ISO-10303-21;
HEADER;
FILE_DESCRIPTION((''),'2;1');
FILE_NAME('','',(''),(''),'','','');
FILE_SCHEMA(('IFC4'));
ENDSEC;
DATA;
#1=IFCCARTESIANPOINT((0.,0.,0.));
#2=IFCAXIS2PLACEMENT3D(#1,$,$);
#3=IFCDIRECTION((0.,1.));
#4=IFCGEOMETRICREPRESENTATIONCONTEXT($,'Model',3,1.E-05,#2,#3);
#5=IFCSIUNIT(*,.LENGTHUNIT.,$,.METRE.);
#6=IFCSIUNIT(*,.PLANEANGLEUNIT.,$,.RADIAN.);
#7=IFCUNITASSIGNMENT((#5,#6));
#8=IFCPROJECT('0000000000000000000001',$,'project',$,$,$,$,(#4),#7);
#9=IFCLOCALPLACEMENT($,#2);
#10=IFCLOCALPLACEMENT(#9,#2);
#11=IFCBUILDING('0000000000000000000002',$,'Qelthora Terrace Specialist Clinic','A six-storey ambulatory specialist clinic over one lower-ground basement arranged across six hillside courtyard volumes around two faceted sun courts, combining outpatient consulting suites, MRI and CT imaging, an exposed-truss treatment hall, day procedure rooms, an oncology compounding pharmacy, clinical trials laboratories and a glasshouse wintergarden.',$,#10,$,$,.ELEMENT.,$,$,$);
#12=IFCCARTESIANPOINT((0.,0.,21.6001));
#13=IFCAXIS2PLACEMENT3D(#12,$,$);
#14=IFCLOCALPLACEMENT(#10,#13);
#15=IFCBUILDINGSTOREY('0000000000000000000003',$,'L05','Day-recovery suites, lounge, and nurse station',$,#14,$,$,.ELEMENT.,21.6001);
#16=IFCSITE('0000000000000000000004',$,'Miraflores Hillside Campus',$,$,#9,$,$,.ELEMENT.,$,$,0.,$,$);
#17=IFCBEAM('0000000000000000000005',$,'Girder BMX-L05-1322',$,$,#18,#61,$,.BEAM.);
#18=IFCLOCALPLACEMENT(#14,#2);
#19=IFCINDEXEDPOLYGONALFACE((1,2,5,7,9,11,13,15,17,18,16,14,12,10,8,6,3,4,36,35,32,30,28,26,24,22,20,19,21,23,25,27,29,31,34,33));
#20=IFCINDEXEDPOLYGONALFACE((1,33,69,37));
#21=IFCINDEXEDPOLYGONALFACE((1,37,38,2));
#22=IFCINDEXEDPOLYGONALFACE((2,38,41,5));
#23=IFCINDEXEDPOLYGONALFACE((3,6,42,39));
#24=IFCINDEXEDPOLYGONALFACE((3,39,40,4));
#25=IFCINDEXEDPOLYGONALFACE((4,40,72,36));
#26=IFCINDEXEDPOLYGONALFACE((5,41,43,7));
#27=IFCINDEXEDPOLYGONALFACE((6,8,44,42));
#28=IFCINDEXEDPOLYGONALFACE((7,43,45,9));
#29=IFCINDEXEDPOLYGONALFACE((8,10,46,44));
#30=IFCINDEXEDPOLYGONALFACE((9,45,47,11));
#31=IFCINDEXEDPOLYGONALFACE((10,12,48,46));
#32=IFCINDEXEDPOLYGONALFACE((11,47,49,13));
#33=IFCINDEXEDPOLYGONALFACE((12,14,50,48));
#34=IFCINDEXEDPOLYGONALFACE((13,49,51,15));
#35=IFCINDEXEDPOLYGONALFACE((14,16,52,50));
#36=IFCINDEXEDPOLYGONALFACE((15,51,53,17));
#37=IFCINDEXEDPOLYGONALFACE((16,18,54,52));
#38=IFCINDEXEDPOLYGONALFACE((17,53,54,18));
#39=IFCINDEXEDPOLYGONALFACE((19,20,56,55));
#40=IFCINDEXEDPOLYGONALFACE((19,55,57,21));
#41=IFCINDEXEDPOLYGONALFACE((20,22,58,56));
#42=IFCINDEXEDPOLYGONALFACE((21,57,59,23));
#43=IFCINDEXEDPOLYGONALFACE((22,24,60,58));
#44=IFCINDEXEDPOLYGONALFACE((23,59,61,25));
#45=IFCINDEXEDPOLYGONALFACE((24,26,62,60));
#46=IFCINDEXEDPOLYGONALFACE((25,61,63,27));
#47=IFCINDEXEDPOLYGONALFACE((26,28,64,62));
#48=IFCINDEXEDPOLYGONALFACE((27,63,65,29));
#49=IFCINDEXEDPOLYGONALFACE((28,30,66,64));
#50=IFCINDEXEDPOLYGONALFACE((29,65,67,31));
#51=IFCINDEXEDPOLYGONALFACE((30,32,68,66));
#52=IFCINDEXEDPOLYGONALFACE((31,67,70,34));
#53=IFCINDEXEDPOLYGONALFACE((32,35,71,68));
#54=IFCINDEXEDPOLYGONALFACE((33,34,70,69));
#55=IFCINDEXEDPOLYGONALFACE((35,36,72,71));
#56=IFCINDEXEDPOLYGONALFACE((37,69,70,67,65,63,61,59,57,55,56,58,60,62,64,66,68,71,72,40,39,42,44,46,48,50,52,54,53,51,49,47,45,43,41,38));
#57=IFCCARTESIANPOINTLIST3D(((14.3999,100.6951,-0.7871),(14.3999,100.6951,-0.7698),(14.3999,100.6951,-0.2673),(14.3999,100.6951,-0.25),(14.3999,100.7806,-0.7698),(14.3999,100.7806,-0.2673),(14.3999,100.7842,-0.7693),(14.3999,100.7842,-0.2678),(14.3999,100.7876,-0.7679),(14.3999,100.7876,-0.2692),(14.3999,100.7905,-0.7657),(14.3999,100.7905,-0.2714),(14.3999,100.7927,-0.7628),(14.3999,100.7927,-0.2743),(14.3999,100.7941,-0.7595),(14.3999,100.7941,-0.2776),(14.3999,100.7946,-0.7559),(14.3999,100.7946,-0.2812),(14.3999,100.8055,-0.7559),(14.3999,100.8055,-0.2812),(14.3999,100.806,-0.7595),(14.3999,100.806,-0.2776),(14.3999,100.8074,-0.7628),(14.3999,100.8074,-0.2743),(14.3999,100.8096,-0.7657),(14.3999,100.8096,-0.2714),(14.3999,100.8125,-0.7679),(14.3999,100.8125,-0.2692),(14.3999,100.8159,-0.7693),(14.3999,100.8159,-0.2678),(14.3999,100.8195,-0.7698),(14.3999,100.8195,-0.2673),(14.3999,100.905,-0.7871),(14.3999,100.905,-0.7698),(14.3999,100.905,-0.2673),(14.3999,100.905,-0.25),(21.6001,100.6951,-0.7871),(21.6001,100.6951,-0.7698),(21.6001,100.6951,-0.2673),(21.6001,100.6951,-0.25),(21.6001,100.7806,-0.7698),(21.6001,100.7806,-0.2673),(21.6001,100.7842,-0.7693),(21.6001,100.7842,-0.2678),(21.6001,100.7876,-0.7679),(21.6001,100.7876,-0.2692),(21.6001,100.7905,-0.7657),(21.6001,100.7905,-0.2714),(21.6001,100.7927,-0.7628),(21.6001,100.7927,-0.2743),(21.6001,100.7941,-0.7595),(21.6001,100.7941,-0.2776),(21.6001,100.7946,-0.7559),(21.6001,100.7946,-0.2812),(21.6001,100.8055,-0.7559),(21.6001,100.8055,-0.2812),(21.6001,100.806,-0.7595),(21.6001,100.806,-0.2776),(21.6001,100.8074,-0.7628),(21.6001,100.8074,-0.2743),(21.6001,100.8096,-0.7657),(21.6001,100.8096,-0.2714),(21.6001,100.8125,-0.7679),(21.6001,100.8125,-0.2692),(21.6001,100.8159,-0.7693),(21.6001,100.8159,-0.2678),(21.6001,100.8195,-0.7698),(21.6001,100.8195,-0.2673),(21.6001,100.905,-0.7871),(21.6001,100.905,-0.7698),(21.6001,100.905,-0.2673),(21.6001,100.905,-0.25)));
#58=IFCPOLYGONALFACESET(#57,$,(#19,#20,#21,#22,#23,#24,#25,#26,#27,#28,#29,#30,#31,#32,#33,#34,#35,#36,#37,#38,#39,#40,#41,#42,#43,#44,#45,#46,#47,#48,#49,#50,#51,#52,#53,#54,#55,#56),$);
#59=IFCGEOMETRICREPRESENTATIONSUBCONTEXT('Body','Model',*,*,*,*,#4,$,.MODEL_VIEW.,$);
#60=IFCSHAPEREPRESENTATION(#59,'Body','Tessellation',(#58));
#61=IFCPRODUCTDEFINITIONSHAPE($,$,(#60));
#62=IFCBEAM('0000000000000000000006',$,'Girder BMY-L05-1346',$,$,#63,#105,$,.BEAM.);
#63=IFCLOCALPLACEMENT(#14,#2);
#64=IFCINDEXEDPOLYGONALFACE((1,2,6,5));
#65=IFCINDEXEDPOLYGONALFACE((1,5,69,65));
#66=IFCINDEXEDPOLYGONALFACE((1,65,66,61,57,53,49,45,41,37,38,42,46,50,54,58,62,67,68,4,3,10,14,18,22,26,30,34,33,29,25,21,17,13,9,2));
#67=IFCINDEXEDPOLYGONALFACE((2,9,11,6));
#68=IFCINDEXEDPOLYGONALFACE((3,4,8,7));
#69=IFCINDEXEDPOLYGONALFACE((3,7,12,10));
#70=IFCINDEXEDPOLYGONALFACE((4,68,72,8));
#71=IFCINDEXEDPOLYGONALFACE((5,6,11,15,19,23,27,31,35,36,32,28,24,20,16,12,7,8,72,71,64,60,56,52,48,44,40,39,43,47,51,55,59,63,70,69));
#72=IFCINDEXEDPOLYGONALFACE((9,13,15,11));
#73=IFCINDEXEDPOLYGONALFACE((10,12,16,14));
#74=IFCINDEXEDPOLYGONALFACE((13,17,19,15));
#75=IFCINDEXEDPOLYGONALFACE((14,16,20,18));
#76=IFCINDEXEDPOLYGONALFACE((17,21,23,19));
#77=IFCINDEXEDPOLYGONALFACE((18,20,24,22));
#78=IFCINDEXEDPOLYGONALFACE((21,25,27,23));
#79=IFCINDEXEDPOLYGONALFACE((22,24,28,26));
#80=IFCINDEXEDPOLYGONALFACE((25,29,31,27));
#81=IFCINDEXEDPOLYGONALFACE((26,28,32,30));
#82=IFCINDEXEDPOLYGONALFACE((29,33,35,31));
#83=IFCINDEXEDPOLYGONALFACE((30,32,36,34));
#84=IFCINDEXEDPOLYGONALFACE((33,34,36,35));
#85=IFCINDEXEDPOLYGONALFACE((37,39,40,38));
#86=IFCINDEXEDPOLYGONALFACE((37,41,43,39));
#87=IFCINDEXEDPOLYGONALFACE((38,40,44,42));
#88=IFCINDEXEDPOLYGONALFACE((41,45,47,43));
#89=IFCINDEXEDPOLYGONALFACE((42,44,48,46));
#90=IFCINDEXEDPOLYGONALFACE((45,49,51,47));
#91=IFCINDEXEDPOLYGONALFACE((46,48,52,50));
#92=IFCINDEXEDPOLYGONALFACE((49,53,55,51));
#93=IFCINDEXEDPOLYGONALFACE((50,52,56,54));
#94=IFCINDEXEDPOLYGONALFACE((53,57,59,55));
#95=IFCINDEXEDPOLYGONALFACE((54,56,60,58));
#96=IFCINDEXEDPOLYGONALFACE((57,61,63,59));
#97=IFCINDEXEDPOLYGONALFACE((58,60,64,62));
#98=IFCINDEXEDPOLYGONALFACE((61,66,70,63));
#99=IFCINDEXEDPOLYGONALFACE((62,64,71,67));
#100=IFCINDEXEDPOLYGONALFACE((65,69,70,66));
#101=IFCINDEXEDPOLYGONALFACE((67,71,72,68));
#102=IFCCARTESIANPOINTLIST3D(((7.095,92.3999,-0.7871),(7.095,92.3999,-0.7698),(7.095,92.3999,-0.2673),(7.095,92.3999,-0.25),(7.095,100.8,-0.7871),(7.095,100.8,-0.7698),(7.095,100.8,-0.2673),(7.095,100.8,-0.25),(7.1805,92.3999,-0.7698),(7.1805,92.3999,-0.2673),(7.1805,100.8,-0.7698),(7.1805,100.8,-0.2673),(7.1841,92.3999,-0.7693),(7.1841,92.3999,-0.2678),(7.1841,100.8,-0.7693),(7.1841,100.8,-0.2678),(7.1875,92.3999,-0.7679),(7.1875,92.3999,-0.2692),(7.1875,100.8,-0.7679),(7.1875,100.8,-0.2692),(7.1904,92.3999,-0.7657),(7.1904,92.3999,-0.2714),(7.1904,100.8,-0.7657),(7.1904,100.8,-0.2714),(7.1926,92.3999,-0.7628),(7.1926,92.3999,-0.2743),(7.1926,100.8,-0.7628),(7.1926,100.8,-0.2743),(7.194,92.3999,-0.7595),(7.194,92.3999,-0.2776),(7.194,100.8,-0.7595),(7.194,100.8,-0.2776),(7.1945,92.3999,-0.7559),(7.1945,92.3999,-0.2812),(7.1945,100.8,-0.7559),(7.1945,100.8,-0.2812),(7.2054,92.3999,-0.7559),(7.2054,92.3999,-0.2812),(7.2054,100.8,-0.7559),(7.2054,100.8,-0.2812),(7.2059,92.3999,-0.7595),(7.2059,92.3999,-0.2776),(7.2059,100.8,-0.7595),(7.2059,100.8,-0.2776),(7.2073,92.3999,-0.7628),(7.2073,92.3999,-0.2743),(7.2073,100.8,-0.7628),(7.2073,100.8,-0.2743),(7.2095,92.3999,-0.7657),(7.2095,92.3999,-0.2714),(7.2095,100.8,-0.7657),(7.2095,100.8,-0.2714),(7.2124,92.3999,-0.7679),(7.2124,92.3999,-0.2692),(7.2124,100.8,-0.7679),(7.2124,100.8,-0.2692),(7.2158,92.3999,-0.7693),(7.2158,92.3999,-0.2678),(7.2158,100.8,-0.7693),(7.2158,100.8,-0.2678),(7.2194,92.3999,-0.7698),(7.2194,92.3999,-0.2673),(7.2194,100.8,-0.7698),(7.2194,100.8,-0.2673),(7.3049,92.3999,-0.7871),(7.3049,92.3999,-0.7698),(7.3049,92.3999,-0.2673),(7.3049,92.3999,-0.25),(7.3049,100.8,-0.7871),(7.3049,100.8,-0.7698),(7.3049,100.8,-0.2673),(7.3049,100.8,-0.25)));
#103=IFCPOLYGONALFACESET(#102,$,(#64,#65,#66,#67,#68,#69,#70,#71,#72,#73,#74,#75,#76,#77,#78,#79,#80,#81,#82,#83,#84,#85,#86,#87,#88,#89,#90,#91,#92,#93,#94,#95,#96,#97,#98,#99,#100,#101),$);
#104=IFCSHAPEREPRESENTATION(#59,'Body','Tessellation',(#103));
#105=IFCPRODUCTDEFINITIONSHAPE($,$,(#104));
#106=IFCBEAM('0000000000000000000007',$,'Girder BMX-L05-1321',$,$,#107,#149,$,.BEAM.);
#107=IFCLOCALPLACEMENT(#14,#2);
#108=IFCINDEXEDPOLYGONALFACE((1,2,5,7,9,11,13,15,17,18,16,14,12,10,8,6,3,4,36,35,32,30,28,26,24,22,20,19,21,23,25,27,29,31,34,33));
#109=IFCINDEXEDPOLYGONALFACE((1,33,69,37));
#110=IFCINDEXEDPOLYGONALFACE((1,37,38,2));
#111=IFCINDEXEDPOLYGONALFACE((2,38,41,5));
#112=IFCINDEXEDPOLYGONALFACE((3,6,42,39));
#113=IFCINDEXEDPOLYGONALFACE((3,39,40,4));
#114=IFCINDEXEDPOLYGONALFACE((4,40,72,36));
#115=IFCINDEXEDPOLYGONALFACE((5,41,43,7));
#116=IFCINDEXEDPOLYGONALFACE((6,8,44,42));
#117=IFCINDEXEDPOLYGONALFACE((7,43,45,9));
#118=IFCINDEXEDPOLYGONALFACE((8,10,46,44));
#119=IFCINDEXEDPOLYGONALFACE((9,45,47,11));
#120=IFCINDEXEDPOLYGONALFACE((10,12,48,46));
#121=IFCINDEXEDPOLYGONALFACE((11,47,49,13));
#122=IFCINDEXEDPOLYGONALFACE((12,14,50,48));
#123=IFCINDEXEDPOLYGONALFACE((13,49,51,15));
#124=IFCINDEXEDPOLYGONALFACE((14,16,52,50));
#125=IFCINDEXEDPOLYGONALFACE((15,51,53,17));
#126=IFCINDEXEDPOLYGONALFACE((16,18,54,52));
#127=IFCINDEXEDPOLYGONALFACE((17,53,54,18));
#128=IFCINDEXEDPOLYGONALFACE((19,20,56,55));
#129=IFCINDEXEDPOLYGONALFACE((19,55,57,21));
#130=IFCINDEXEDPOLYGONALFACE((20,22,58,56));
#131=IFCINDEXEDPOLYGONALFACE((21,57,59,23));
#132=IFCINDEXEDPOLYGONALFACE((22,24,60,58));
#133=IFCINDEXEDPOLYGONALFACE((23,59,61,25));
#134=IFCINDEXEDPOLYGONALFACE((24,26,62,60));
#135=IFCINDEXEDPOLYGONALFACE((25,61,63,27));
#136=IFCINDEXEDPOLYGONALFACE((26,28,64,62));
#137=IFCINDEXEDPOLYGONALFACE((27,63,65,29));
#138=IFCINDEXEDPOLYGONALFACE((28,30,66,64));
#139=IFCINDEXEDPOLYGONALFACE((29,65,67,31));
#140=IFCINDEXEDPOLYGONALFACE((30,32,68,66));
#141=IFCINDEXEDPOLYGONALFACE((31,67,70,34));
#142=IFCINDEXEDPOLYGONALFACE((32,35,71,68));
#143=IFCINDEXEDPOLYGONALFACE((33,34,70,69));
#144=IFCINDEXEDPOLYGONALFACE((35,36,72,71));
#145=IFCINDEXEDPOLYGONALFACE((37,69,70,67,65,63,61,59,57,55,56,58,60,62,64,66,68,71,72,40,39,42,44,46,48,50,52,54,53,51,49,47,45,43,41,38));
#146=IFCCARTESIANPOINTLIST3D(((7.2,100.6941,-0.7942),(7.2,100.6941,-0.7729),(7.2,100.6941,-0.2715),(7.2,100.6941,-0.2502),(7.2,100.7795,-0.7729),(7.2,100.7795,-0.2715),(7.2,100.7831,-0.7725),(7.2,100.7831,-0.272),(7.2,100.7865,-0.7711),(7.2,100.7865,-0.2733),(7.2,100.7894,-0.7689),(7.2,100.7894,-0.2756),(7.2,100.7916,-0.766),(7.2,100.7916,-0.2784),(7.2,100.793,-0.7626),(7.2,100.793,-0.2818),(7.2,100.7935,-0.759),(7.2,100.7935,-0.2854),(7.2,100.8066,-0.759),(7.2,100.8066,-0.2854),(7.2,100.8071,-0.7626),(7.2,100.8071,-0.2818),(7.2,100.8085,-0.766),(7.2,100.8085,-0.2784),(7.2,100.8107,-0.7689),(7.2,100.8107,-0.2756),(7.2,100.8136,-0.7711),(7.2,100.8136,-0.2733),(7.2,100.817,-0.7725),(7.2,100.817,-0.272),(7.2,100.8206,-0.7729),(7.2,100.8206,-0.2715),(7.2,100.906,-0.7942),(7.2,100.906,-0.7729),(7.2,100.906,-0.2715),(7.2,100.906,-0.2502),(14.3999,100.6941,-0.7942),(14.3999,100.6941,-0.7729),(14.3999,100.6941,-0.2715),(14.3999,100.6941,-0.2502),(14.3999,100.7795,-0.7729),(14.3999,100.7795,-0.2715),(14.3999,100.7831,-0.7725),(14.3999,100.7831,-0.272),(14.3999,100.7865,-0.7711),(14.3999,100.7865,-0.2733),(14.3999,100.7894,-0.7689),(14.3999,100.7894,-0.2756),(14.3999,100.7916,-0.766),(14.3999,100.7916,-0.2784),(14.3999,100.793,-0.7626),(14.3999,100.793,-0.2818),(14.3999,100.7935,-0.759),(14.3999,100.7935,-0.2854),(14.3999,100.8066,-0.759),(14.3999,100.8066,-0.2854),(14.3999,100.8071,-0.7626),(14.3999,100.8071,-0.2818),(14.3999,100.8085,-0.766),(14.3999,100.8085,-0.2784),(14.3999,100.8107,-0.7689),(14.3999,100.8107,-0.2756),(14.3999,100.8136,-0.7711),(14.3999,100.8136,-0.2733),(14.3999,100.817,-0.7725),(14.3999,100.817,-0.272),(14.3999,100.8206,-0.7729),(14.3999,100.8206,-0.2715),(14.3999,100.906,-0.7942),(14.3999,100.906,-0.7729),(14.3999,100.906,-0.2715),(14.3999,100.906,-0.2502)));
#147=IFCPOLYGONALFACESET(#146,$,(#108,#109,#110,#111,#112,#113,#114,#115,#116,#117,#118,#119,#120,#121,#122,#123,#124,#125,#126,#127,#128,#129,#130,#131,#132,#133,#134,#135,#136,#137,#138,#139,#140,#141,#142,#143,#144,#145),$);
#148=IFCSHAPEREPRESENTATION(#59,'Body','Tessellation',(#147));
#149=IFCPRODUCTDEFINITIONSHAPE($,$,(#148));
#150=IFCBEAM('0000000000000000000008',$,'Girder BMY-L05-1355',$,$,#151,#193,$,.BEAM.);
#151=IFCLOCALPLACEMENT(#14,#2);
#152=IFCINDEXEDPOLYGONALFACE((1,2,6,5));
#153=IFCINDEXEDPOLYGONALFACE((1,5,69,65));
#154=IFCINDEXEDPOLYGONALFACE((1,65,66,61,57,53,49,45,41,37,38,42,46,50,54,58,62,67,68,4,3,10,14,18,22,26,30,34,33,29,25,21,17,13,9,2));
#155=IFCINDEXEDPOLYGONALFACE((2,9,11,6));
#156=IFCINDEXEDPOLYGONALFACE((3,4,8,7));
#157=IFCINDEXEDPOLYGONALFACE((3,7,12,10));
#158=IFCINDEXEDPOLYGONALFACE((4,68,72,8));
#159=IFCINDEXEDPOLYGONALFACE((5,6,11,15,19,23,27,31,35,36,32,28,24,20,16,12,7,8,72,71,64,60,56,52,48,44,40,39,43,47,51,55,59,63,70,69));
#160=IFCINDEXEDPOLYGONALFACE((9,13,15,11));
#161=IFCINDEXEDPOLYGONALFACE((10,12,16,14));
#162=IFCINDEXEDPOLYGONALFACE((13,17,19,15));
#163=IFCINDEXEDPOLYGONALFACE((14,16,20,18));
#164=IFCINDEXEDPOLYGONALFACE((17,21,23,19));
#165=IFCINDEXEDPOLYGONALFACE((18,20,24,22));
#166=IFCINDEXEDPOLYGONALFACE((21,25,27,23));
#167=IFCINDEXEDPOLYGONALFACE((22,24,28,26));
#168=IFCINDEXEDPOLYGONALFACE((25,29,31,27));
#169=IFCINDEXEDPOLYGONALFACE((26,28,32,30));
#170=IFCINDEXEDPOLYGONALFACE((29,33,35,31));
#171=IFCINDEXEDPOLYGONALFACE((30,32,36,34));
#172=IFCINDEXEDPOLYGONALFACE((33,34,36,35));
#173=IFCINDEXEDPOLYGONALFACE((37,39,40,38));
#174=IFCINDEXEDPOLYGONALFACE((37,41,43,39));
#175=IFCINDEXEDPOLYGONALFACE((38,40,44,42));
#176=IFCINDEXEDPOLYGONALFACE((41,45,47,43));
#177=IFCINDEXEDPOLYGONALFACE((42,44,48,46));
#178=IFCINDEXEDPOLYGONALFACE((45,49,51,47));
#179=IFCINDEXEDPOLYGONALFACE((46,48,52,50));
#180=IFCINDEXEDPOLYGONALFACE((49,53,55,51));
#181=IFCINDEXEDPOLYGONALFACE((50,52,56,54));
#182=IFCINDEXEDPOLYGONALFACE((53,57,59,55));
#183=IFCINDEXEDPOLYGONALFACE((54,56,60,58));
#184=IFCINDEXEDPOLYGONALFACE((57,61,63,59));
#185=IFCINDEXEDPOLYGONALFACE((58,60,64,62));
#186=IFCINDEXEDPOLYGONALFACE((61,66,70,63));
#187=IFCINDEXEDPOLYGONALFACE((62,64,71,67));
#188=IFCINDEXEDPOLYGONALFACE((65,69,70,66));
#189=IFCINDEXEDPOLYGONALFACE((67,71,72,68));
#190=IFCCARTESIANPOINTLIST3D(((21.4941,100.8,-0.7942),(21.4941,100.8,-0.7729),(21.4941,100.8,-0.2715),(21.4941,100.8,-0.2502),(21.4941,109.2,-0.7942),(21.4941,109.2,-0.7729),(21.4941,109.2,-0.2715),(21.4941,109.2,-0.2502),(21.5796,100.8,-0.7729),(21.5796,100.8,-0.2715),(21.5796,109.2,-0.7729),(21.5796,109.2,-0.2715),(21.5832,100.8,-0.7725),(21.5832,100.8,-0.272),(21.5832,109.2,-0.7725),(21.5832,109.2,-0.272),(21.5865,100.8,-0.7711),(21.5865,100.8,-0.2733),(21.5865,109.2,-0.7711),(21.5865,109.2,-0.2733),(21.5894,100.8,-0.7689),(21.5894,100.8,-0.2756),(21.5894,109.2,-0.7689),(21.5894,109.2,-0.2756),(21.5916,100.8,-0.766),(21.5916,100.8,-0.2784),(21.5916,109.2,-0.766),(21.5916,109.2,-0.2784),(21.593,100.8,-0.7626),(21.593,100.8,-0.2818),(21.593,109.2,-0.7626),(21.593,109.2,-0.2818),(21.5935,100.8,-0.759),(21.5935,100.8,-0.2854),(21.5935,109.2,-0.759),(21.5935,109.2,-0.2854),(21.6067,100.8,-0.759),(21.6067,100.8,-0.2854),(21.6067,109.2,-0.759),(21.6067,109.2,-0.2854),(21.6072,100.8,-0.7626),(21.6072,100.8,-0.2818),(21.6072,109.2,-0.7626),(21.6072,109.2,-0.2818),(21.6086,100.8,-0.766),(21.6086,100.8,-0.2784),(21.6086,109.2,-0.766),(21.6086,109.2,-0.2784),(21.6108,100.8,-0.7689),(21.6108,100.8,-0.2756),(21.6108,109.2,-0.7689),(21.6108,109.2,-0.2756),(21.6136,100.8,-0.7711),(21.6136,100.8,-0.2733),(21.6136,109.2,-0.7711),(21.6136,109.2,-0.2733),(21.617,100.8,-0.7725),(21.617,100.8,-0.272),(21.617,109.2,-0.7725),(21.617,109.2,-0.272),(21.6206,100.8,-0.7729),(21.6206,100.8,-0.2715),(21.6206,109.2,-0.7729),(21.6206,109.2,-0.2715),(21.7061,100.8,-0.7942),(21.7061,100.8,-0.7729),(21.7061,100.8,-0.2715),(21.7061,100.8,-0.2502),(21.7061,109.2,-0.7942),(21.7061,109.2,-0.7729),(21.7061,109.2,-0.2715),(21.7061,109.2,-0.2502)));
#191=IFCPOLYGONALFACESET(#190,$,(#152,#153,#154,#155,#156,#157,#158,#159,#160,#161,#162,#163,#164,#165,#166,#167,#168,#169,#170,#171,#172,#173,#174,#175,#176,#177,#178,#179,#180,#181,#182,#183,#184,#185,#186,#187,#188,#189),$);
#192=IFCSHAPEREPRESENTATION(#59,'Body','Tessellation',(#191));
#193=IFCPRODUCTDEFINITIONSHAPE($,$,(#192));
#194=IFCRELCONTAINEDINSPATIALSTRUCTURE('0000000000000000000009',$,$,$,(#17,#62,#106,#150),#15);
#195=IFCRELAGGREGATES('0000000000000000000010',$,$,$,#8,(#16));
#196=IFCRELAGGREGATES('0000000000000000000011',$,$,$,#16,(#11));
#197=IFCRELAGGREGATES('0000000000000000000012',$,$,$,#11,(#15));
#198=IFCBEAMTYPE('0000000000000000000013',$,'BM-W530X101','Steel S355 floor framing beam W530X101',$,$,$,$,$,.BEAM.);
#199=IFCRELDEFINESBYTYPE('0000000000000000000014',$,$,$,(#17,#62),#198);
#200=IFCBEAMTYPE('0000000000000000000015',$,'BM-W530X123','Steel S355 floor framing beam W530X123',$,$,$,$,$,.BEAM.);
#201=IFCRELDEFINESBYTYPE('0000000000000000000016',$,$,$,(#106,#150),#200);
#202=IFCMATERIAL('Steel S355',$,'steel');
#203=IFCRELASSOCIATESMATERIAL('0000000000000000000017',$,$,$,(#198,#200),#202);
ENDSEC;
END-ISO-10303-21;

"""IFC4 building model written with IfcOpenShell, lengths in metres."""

from ifc_helpers import new_model, si_unit, direction, frame, origin, origin_2d, place, context, subcontext, project, spatial, i_section, extrude, material, material_profile, profile_set, type_object, element, save


model = new_model("IFC4")

# Units and contexts
model_context = context("Model", 3, precision=1e-05, world=origin(), true_north=direction((0.0, 1.0)))
body_context = subcontext(model_context, "Body", "Model", "MODEL_VIEW")
ifc_project = project(units=[si_unit("LENGTHUNIT", "METRE"), si_unit("PLANEANGLEUNIT", "RADIAN")], contexts=[model_context])

# Site, building, storey
site_placement = place(None, origin())
site = spatial("IfcSite", under=ifc_project, at=site_placement, Name="Miraflores Hillside Campus", CompositionType="ELEMENT", RefElevation=0.0)
building_placement = place(site_placement, origin())
building = spatial("IfcBuilding", under=site, at=building_placement, Name="Qelthora Terrace Specialist Clinic", Description="A six-storey ambulatory specialist clinic over one lower-ground basement arranged across six hillside courtyard volumes around two faceted sun courts, combining outpatient consulting suites, MRI and CT imaging, an exposed-truss treatment hall, day procedure rooms, an oncology compounding pharmacy, clinical trials laboratories and a glasshouse wintergarden.", CompositionType="ELEMENT")
storey_placement = place(building_placement, frame((0.0, 0.0, 21.6001)))
storey = spatial("IfcBuildingStorey", under=building, at=storey_placement, Name="L05", Description="Day-recovery suites, lounge, and nurse station", CompositionType="ELEMENT", Elevation=21.6001)

# Shared definitions
ifc_material_1 = material(Name="Steel S355", Category="steel")

# Beams
ifc_material_profile_1 = material_profile(ifc_material_1, i_section(OverallWidth=0.21, OverallDepth=0.5371, WebThickness=0.011, FlangeThickness=0.0173, FilletRadius=0.0139, at=origin_2d()), Name="W530X101")
ifc_profile_set_1 = profile_set([ifc_material_profile_1], Name="Steel S355")
beam_type_1 = type_object("IfcBeamType", Name="BM-W530X101", Description="Steel S355 floor framing beam W530X101", PredefinedType="BEAM", material=ifc_profile_set_1)
beam_1_placement = place(storey_placement, frame((14.3999, 100.8, -0.5186), z_axis=(1.0, 0.0, 0.0), x_axis=(0.0, 1.0, 0.0)))
element("IfcBeam", 1, at=beam_1_placement, inside=storey, type_object=beam_type_1, Name="Girder BMX-L05-1322", PredefinedType="BEAM", context=body_context, shape_type="SweptSolid", body=[
    extrude(i_section(OverallWidth=0.21, OverallDepth=0.5371, WebThickness=0.011, FlangeThickness=0.0173, FilletRadius=0.0139, at=origin_2d()), origin(), (0.0, 0.0, 1.0), 7.2002),
])
beam_2_placement = place(storey_placement, frame((7.2, 92.3999, -0.5186), z_axis=(0.0, 1.0, 0.0), x_axis=(-1.0, 0.0, 0.0)))
element("IfcBeam", 2, at=beam_2_placement, inside=storey, type_object=beam_type_1, Name="Girder BMY-L05-1346", PredefinedType="BEAM", context=body_context, shape_type="SweptSolid", body=[
    extrude(i_section(OverallWidth=0.21, OverallDepth=0.5371, WebThickness=0.011, FlangeThickness=0.0173, FilletRadius=0.0139, at=origin_2d()), origin(), (0.0, 0.0, 1.0), 8.4001),
])
ifc_material_profile_2 = material_profile(ifc_material_1, i_section(OverallWidth=0.2119, OverallDepth=0.5439, WebThickness=0.0132, FlangeThickness=0.0212, FilletRadius=0.0139, at=origin_2d()), Name="W530X123")
ifc_profile_set_2 = profile_set([ifc_material_profile_2], Name="Steel S355")
beam_type_2 = type_object("IfcBeamType", Name="BM-W530X123", Description="Steel S355 floor framing beam W530X123", PredefinedType="BEAM", material=ifc_profile_set_2)
beam_3_placement = place(storey_placement, frame((7.2, 100.8, -0.5222), z_axis=(1.0, 0.0, 0.0), x_axis=(0.0, 1.0, 0.0)))
element("IfcBeam", 3, at=beam_3_placement, inside=storey, type_object=beam_type_2, Name="Girder BMX-L05-1321", PredefinedType="BEAM", context=body_context, shape_type="SweptSolid", body=[
    extrude(i_section(OverallWidth=0.2119, OverallDepth=0.5439, WebThickness=0.0132, FlangeThickness=0.0212, FilletRadius=0.0139, at=origin_2d()), origin(), (0.0, 0.0, 1.0), 7.2),
])
beam_4_placement = place(storey_placement, frame((21.6001, 100.8, -0.5222), z_axis=(0.0, 1.0, 0.0), x_axis=(-1.0, 0.0, 0.0)))
element("IfcBeam", 4, at=beam_4_placement, inside=storey, type_object=beam_type_2, Name="Girder BMY-L05-1355", PredefinedType="BEAM", context=body_context, shape_type="SweptSolid", body=[
    extrude(i_section(OverallWidth=0.2119, OverallDepth=0.5439, WebThickness=0.0132, FlangeThickness=0.0212, FilletRadius=0.0139, at=origin_2d()), origin(), (0.0, 0.0, 1.0), 8.3999),
])

save(model, "model.ifc")
